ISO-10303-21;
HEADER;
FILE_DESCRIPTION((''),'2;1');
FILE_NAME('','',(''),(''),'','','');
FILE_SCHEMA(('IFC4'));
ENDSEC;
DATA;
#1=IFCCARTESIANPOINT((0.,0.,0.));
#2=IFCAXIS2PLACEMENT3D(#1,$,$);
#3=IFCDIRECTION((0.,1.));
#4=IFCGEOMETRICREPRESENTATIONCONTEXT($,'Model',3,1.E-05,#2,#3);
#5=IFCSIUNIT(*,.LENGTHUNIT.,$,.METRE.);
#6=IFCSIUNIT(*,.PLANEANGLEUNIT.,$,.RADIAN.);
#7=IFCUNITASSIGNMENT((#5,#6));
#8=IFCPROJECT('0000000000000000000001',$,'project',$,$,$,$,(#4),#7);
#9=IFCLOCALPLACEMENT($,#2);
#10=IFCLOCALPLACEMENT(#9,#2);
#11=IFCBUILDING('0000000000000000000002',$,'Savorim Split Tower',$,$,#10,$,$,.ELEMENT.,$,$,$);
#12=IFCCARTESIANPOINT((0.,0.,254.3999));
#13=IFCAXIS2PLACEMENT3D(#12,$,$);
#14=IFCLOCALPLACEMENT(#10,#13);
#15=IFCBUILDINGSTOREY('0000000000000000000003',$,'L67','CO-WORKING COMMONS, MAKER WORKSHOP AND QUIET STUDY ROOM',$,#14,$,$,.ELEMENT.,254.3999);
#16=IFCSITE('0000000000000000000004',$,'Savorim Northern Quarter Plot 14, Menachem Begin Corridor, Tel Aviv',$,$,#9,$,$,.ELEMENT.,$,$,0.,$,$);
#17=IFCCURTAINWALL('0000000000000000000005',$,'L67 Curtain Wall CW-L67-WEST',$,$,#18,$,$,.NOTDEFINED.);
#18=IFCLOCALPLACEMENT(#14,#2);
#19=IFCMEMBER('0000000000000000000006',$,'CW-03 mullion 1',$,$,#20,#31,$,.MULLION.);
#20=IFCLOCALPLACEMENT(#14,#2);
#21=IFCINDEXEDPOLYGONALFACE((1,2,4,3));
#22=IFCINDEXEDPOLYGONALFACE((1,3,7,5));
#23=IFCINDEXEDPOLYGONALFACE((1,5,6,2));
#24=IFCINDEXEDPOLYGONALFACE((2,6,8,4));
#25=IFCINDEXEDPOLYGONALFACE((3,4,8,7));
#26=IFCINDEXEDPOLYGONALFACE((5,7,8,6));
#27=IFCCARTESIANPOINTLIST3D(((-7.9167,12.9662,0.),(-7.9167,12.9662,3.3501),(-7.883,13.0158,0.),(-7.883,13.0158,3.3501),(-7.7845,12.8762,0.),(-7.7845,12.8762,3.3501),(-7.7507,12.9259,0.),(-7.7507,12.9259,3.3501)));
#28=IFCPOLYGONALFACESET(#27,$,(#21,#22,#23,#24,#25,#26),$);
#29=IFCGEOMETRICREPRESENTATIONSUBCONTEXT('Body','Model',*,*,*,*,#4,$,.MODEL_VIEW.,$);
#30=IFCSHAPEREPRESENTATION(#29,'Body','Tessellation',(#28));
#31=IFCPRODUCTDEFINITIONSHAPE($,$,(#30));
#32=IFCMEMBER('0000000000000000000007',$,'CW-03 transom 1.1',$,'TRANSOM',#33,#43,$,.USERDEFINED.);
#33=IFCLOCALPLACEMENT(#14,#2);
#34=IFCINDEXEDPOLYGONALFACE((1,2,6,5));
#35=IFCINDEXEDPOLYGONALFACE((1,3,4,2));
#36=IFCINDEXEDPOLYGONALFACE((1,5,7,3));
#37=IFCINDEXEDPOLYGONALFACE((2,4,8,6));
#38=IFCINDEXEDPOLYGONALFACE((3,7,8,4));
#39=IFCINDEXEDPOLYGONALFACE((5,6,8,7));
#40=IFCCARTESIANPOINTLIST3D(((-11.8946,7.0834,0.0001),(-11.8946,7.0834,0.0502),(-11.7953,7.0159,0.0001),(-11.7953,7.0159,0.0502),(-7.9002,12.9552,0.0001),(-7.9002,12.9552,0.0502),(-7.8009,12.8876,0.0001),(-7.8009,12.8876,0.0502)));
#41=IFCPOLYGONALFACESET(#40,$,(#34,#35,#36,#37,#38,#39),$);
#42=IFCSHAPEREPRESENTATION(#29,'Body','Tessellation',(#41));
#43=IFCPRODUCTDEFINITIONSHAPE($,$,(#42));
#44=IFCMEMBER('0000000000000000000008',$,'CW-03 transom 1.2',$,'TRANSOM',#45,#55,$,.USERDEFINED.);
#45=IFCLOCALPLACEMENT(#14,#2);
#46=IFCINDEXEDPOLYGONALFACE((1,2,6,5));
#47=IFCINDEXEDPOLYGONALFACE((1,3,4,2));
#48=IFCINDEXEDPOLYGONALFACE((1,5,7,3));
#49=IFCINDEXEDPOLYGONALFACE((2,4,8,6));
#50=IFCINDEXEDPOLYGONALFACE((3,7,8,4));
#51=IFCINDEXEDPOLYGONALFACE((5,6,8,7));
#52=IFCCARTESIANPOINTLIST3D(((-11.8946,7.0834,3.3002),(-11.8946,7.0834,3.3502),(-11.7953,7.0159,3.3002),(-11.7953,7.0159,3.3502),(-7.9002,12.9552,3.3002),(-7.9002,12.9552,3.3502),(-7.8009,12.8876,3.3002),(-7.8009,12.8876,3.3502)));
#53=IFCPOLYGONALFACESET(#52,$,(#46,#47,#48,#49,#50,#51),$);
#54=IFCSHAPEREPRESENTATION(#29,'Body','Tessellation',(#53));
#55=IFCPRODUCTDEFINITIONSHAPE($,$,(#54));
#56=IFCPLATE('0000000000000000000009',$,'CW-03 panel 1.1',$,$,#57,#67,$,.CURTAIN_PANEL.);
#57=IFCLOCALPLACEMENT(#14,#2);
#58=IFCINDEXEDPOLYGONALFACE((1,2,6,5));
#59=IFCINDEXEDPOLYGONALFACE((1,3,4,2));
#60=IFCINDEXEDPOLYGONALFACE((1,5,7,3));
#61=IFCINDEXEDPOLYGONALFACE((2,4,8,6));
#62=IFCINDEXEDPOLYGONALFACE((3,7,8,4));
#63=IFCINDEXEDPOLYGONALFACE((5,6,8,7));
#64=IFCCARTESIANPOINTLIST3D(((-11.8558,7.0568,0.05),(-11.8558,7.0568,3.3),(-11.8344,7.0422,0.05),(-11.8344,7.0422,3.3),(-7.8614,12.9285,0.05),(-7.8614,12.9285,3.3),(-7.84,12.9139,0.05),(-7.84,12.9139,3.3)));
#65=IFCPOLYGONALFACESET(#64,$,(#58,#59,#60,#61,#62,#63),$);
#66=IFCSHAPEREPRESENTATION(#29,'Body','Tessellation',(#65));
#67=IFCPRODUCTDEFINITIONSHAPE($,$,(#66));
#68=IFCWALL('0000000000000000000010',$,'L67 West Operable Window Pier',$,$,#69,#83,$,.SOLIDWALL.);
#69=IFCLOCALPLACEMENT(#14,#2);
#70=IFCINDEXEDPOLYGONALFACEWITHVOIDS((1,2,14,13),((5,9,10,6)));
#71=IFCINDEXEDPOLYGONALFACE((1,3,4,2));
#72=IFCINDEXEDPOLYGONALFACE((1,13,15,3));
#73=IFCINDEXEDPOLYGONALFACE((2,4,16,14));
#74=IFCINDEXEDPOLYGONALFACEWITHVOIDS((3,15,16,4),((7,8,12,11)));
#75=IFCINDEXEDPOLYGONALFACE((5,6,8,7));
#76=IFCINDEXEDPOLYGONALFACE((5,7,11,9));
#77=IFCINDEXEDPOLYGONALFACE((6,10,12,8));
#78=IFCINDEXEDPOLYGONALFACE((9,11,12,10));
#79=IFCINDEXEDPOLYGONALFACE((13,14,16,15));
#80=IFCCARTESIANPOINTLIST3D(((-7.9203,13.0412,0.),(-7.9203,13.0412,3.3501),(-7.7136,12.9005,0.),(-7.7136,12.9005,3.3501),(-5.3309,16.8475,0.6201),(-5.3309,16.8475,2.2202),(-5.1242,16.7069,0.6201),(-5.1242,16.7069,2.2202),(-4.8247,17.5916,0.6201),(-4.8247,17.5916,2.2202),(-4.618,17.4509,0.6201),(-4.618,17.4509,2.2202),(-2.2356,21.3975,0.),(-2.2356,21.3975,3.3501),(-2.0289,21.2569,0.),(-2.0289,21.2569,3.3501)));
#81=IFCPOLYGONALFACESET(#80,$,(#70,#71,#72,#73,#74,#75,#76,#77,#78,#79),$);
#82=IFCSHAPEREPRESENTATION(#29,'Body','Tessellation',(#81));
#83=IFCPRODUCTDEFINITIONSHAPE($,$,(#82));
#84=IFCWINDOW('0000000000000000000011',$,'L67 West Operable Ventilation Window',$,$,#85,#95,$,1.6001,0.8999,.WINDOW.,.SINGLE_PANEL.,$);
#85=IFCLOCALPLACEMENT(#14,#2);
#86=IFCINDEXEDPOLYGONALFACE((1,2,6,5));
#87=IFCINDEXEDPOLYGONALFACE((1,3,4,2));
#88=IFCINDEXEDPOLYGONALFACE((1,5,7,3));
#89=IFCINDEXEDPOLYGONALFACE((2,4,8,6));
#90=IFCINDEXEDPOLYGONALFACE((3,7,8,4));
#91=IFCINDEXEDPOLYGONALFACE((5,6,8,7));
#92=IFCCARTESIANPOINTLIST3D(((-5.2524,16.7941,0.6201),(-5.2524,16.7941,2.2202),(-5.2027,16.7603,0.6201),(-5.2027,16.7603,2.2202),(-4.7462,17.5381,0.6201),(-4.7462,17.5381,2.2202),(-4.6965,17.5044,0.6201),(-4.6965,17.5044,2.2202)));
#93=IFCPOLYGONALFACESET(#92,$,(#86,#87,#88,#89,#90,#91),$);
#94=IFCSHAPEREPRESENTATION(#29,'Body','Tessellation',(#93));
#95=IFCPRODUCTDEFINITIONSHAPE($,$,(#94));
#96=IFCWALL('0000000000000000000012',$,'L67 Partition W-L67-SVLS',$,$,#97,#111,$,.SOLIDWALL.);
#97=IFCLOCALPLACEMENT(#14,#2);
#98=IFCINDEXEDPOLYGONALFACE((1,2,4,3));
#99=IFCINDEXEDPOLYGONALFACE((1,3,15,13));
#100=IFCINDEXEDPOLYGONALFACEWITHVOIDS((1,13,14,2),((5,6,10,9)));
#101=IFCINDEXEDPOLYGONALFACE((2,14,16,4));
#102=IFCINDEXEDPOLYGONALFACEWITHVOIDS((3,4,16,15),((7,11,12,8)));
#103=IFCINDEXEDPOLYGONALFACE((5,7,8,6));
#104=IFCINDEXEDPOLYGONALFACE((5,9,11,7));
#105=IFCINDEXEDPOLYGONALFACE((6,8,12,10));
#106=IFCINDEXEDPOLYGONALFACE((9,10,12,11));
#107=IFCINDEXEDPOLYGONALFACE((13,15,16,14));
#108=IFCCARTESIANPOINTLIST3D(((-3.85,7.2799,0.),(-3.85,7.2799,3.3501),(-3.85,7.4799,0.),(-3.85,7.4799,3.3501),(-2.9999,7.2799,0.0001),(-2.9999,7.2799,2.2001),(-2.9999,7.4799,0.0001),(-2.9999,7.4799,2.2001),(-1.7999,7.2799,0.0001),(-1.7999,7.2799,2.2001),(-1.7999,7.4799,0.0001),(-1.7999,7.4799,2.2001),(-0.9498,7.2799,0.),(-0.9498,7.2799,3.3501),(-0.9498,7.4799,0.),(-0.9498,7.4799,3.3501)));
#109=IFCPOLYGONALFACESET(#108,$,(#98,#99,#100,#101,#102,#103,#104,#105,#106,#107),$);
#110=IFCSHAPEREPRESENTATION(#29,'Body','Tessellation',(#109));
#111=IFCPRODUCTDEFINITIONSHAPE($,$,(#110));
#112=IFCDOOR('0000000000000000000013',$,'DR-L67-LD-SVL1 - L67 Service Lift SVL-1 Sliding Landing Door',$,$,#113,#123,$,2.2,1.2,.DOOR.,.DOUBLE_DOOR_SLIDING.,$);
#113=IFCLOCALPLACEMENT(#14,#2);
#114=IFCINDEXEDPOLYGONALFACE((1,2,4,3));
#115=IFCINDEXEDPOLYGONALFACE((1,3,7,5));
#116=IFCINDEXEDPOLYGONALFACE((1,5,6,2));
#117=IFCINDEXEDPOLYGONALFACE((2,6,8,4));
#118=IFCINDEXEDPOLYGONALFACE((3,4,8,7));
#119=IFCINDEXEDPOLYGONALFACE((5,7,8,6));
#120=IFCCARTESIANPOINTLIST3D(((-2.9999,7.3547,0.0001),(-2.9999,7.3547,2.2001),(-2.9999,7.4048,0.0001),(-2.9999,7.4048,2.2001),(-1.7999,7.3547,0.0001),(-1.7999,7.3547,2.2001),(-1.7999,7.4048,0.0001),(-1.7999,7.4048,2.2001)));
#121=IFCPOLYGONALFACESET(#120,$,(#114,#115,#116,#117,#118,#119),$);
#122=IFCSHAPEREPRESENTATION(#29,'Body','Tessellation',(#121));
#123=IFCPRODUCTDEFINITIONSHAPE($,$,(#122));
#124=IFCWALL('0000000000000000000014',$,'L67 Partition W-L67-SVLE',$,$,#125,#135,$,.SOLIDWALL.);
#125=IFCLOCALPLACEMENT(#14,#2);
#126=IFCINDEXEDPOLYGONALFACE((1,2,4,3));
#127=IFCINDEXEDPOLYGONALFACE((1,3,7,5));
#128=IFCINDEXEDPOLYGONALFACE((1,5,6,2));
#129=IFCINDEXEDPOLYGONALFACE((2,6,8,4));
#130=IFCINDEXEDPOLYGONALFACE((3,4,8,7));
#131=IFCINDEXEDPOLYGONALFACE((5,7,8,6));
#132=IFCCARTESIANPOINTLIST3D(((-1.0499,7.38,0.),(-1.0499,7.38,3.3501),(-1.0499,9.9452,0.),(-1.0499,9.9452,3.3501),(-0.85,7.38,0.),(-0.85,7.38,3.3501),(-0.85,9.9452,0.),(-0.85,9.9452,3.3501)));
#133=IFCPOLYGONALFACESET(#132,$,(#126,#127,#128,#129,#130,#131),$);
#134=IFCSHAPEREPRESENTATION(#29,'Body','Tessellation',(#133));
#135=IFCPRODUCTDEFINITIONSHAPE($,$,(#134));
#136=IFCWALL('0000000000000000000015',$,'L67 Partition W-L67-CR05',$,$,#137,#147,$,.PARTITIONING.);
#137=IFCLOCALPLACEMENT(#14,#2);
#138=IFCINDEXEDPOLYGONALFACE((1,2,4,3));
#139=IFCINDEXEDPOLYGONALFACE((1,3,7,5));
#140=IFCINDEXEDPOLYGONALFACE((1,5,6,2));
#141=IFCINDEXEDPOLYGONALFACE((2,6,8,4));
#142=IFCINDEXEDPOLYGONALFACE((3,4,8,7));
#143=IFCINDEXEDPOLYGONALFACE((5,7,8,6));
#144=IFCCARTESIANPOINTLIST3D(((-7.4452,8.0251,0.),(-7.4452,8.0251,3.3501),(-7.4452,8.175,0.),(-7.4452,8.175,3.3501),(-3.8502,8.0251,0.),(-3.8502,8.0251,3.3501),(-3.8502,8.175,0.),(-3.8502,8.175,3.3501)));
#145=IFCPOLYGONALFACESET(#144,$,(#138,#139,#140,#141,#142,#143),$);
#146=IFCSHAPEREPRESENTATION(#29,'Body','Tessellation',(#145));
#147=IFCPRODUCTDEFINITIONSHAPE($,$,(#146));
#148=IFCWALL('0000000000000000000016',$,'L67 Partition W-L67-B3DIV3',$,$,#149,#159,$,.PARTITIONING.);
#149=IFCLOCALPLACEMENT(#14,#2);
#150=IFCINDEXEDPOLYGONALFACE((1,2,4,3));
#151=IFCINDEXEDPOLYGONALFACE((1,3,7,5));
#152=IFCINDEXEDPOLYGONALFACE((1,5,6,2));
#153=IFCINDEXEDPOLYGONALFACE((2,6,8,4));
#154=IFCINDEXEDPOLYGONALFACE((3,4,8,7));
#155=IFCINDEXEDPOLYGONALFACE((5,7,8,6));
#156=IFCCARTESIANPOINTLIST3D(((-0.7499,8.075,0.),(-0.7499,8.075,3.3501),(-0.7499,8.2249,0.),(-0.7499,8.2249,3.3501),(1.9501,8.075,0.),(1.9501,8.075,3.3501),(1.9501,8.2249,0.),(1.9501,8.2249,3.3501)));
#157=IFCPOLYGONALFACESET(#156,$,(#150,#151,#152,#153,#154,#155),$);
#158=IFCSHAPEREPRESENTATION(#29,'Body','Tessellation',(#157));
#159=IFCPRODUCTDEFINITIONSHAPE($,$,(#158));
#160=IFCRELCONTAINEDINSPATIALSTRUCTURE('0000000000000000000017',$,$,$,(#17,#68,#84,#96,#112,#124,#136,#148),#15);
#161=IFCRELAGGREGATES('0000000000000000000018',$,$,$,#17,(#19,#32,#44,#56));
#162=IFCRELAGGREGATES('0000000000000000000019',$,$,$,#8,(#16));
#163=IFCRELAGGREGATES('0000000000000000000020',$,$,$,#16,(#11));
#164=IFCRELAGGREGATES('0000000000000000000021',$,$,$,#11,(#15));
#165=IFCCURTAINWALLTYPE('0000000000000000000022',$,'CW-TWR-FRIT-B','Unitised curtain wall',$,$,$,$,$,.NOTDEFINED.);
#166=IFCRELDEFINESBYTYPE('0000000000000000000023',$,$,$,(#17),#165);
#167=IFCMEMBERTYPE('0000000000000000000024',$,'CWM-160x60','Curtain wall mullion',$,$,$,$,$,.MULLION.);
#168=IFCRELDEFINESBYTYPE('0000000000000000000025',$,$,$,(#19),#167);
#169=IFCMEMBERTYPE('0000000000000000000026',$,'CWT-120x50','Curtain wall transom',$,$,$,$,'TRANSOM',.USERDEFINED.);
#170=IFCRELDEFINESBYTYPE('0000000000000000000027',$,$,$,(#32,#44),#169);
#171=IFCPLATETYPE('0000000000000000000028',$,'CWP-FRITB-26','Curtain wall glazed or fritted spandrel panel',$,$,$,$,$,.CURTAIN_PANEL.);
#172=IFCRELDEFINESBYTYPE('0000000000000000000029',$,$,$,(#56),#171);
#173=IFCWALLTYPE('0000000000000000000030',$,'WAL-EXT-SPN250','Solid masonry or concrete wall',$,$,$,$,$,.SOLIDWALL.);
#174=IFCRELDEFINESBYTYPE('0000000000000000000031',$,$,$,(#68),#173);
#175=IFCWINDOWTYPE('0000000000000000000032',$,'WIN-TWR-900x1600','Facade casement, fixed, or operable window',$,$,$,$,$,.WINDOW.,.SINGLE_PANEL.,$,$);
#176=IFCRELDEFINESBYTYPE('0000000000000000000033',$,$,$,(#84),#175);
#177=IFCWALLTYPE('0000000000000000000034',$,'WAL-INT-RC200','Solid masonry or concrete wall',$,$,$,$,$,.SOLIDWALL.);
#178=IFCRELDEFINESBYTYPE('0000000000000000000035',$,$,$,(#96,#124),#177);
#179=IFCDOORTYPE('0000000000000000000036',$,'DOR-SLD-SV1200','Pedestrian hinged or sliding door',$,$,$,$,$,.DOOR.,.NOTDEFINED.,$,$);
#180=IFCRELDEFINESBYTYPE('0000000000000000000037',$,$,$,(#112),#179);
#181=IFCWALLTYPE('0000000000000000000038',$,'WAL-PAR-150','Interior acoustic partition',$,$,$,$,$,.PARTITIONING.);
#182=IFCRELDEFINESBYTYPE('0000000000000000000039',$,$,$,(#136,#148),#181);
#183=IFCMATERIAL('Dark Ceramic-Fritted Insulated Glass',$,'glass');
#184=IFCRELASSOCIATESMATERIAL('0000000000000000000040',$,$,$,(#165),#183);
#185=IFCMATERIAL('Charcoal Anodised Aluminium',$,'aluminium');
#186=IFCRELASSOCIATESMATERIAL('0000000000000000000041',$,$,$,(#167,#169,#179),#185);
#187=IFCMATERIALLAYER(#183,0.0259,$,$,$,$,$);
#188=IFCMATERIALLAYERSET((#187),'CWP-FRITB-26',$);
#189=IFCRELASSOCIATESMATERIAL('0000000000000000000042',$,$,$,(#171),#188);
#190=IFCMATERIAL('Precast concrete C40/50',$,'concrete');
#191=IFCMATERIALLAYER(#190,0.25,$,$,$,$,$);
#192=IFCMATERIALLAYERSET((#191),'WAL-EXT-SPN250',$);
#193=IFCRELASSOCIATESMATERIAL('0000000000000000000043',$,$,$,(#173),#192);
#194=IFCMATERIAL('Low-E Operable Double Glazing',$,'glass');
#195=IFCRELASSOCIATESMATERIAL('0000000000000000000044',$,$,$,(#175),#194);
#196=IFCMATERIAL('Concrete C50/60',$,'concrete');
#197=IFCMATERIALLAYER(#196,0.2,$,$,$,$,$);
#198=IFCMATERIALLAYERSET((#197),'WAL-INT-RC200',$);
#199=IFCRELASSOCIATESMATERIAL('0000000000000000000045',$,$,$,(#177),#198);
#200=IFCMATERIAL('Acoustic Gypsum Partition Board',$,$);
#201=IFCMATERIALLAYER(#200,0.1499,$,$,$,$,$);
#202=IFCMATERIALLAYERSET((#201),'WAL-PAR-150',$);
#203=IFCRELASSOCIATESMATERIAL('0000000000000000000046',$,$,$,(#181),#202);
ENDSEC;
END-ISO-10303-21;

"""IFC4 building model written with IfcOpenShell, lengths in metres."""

from ifc_helpers import new_model, si_unit, direction, frame, frame_2d, origin, origin_2d, place, context, subcontext, project, spatial, rectangle, extrude, material, layer, layer_set, material_profile, profile_set, type_object, element, fill, aggregate, save


model = new_model("IFC4")

# Units and contexts
model_context = context("Model", 3, precision=1e-05, world=origin(), true_north=direction((0.0, 1.0)))
body_context = subcontext(model_context, "Body", "Model", "MODEL_VIEW")
ifc_project = project(units=[si_unit("LENGTHUNIT", "METRE"), si_unit("PLANEANGLEUNIT", "RADIAN")], contexts=[model_context])

# Site, building, storey
site_placement = place(None, origin())
site = spatial("IfcSite", under=ifc_project, at=site_placement, Name="Savorim Northern Quarter Plot 14, Menachem Begin Corridor, Tel Aviv", CompositionType="ELEMENT", RefElevation=0.0)
building_placement = place(site_placement, origin())
building = spatial("IfcBuilding", under=site, at=building_placement, Name="Savorim Split Tower", CompositionType="ELEMENT")
storey_placement = place(building_placement, frame((0.0, 0.0, 254.3999)))
storey = spatial("IfcBuildingStorey", under=building, at=storey_placement, Name="L67", Description="CO-WORKING COMMONS, MAKER WORKSHOP AND QUIET STUDY ROOM", CompositionType="ELEMENT", Elevation=254.3999)

# Curtain wall, members, plate
ifc_material_1 = material(Name="Dark Ceramic-Fritted Insulated Glass", Category="glass")
curtain_wall_type = type_object("IfcCurtainWallType", Name="CW-TWR-FRIT-B", Description="Unitised curtain wall", PredefinedType="NOTDEFINED", material=ifc_material_1)
curtain_wall_placement = place(storey_placement, origin())
curtain_wall = element("IfcCurtainWall", 1, at=curtain_wall_placement, inside=storey, type_object=curtain_wall_type, Name="L67 Curtain Wall CW-L67-WEST", PredefinedType="NOTDEFINED")
ifc_material_2 = material(Name="Charcoal Anodised Aluminium", Category="aluminium")
ifc_material_profile_1 = material_profile(ifc_material_2, rectangle(XDim=0.1599, YDim=0.0601, at=origin_2d()), Name="ALU-M 160x60")
ifc_profile_set_1 = profile_set([ifc_material_profile_1], Name="Charcoal Anodised Aluminium")
member_type_1 = type_object("IfcMemberType", Name="CWM-160x60", Description="Curtain wall mullion", PredefinedType="MULLION", material=ifc_profile_set_1)
member_1_placement = place(storey_placement, frame((-7.8337, 12.946, 0.0), z_axis=(0.0, 0.0, 1.0), x_axis=(0.826817, -0.56247, 0.0)))
member_1 = element("IfcMember", 2, at=member_1_placement, type_object=member_type_1, Name="CW-03 mullion 1", PredefinedType="MULLION", context=body_context, shape_type="SweptSolid", body=[
    extrude(rectangle(XDim=0.1599, YDim=0.0601, at=origin_2d()), origin(), (0.0, 0.0, 1.0), 3.3501),
])
ifc_material_profile_2 = material_profile(ifc_material_2, rectangle(XDim=0.1201, YDim=0.05, at=origin_2d()), Name="ALU-T 120x50")
ifc_profile_set_2 = profile_set([ifc_material_profile_2], Name="Charcoal Anodised Aluminium")
member_type_2 = type_object("IfcMemberType", Name="CWT-120x50", Description="Curtain wall transom", ElementType="TRANSOM", PredefinedType="USERDEFINED", material=ifc_profile_set_2)
member_2_placement = place(storey_placement, frame((-7.8506, 12.9214, 0.0251), z_axis=(-0.562459, -0.826825, 0.0), x_axis=(0.826825, -0.562459, 0.0)))
member_2 = element("IfcMember", 3, at=member_2_placement, type_object=member_type_2, Name="CW-03 transom 1.1", ObjectType="TRANSOM", PredefinedType="USERDEFINED", context=body_context, shape_type="SweptSolid", body=[
    extrude(rectangle(XDim=0.1201, YDim=0.05, at=origin_2d()), origin(), (0.0, 0.0, 1.0), 7.1016),
])
member_3_placement = place(storey_placement, frame((-7.8506, 12.9214, 3.3252), z_axis=(-0.562459, -0.826825, 0.0), x_axis=(0.826825, -0.562459, 0.0)))
member_3 = element("IfcMember", 4, at=member_3_placement, type_object=member_type_2, Name="CW-03 transom 1.2", ObjectType="TRANSOM", PredefinedType="USERDEFINED", context=body_context, shape_type="SweptSolid", body=[
    extrude(rectangle(XDim=0.1201, YDim=0.05, at=origin_2d()), origin(), (0.0, 0.0, 1.0), 7.1016),
])
ifc_layer_1 = layer(ifc_material_1, 0.0259)
ifc_layer_set_1 = layer_set([ifc_layer_1], Name="CWP-FRITB-26")
plate_type = type_object("IfcPlateType", Name="CWP-FRITB-26", Description="Curtain wall glazed or fritted spandrel panel", PredefinedType="CURTAIN_PANEL", material=ifc_layer_set_1)
plate_placement = place(storey_placement, frame((-9.8479, 9.9854, 0.05), z_axis=(0.0, 0.0, 1.0), x_axis=(-0.56247, -0.826817, 0.0)))
plate = element("IfcPlate", 5, at=plate_placement, type_object=plate_type, Name="CW-03 panel 1.1", PredefinedType="CURTAIN_PANEL", context=body_context, shape_type="SweptSolid", body=[
    extrude(rectangle(XDim=7.1016, YDim=0.0259, at=origin_2d()), origin(), (0.0, 0.0, 1.0), 3.25),
])
aggregate(curtain_wall, [member_1, member_2, member_3, plate])

# Shared definitions
ifc_material_3 = material(Name="Precast concrete C40/50", Category="concrete")

# Wall, opening, window
ifc_layer_2 = layer(ifc_material_3, 0.25)
ifc_layer_set_2 = layer_set([ifc_layer_2], Name="WAL-EXT-SPN250")
wall_type_1 = type_object("IfcWallType", Name="WAL-EXT-SPN250", Description="Solid masonry or concrete wall", PredefinedType="SOLIDWALL", material=ifc_layer_set_2)
wall_1_placement = place(storey_placement, frame((-7.8169, 12.9709, 0.0), z_axis=(0.0, 0.0, 1.0), x_axis=(0.562475, 0.826815, 0.0)))
wall_1 = element("IfcWall", 6, at=wall_1_placement, inside=storey, type_object=wall_type_1, Name="L67 West Operable Window Pier", PredefinedType="SOLIDWALL", context=body_context, shape_type="SweptSolid", body=[
    extrude(rectangle(XDim=10.1067, YDim=0.25, at=frame_2d((5.0532, 0.0))), origin(), (0.0, 0.0, 1.0), 3.3501),
])
opening_1_placement = place(wall_1_placement, frame((4.6035, 0.0, 0.6201)))
opening_1 = element("IfcOpeningElement", 7, at=opening_1_placement, cuts=wall_1, PredefinedType="OPENING", context=body_context, shape_type="SweptSolid", body=[
    extrude(rectangle(XDim=0.8999, YDim=1.6001, at=frame_2d((0.45, 0.8))), frame((0.0, 0.135, 0.0), z_axis=(0.0, -1.0, 0.0), x_axis=(1.0, 0.0, 0.0)), (0.0, 0.0, 1.0), 0.27),
])
ifc_material_4 = material(Name="Low-E Operable Double Glazing", Category="glass")
window_type = type_object("IfcWindowType", Name="WIN-TWR-900x1600", Description="Facade casement, fixed, or operable window", PartitioningType="SINGLE_PANEL", PredefinedType="WINDOW", material=ifc_material_4)
window_placement = place(opening_1_placement, origin())
window = element("IfcWindow", 8, at=window_placement, inside=storey, type_object=window_type, Name="L67 West Operable Ventilation Window", OverallHeight=1.6001, OverallWidth=0.8999, PartitioningType="SINGLE_PANEL", PredefinedType="WINDOW", context=body_context, shape_type="SweptSolid", body=[
    extrude(rectangle(XDim=0.8999, YDim=1.6001, at=frame_2d((0.45, 0.8))), frame((0.0, 0.03, 0.0), z_axis=(0.0, -1.0, 0.0), x_axis=(1.0, 0.0, 0.0)), (0.0, 0.0, 1.0), 0.0601),
])
fill(opening_1, window)

# Wall, opening, door
ifc_material_5 = material(Name="Concrete C50/60", Category="concrete")
ifc_layer_3 = layer(ifc_material_5, 0.2)
ifc_layer_set_3 = layer_set([ifc_layer_3], Name="WAL-INT-RC200")
wall_type_2 = type_object("IfcWallType", Name="WAL-INT-RC200", Description="Solid masonry or concrete wall", PredefinedType="SOLIDWALL", material=ifc_layer_set_3)
wall_2_placement = place(storey_placement, frame((-3.8501, 7.3799, 0.0), z_axis=(0.0, 0.0, 1.0), x_axis=(1.0, 0.0, 0.0)))
wall_2 = element("IfcWall", 9, at=wall_2_placement, inside=storey, type_object=wall_type_2, Name="L67 Partition W-L67-SVLS", PredefinedType="SOLIDWALL", context=body_context, shape_type="SweptSolid", body=[
    extrude(rectangle(XDim=2.9001, YDim=0.2, at=frame_2d((1.4502, 0.0))), origin(), (0.0, 0.0, 1.0), 3.3501),
])
opening_2_placement = place(wall_2_placement, frame((0.8501, 0.0, 0.0)))
opening_2 = element("IfcOpeningElement", 10, at=opening_2_placement, cuts=wall_2, PredefinedType="OPENING", context=body_context, shape_type="SweptSolid", body=[
    extrude(rectangle(XDim=1.2, YDim=2.2, at=frame_2d((0.6001, 1.1001))), frame((0.0, 0.1099, 0.0), z_axis=(0.0, -1.0, 0.0), x_axis=(1.0, 0.0, 0.0)), (0.0, 0.0, 1.0), 0.22),
])
door_type_1 = type_object("IfcDoorType", Name="DOR-SLD-SV1200", Description="Pedestrian hinged or sliding door", OperationType="NOTDEFINED", PredefinedType="DOOR", material=ifc_material_2)
door_1_placement = place(opening_2_placement, origin())
door_1 = element("IfcDoor", 11, at=door_1_placement, inside=storey, type_object=door_type_1, Name="DR-L67-LD-SVL1 - L67 Service Lift SVL-1 Sliding Landing Door", OperationType="DOUBLE_DOOR_SLIDING", OverallHeight=2.2, OverallWidth=1.2, PredefinedType="DOOR", context=body_context, shape_type="SweptSolid", body=[
    extrude(rectangle(XDim=1.2, YDim=2.2, at=frame_2d((0.6001, 1.1001))), frame((0.0, 0.0249, 0.0), z_axis=(0.0, -1.0, 0.0), x_axis=(1.0, 0.0, 0.0)), (0.0, 0.0, 1.0), 0.05),
])
fill(opening_2, door_1)

# Walls
wall_3_placement = place(storey_placement, frame((-0.95, 7.3799, 0.0), z_axis=(0.0, 0.0, 1.0), x_axis=(0.0, 1.0, 0.0)))
element("IfcWall", 12, at=wall_3_placement, inside=storey, type_object=wall_type_2, Name="L67 Partition W-L67-SVLE", PredefinedType="SOLIDWALL", context=body_context, shape_type="SweptSolid", body=[
    extrude(rectangle(XDim=2.5652, YDim=0.2, at=frame_2d((1.2827, 0.0))), origin(), (0.0, 0.0, 1.0), 3.3501),
])
ifc_material_6 = material(Name="Acoustic Gypsum Partition Board")
ifc_layer_4 = layer(ifc_material_6, 0.1499)
ifc_layer_set_4 = layer_set([ifc_layer_4], Name="WAL-PAR-150")
wall_type_3 = type_object("IfcWallType", Name="WAL-PAR-150", Description="Interior acoustic partition", PredefinedType="PARTITIONING", material=ifc_layer_set_4)
wall_4_placement = place(storey_placement, frame((-7.4451, 8.1001, 0.0), z_axis=(0.0, 0.0, 1.0), x_axis=(1.0, 0.0, 0.0)))
element("IfcWall", 13, at=wall_4_placement, inside=storey, type_object=wall_type_3, Name="L67 Partition W-L67-CR05", PredefinedType="PARTITIONING", context=body_context, shape_type="SweptSolid", body=[
    extrude(rectangle(XDim=3.595, YDim=0.1499, at=frame_2d((1.7974, 0.0))), origin(), (0.0, 0.0, 1.0), 3.3501),
])
wall_5_placement = place(storey_placement, frame((-0.75, 8.1499, 0.0), z_axis=(0.0, 0.0, 1.0), x_axis=(1.0, 0.0, 0.0)))
element("IfcWall", 14, at=wall_5_placement, inside=storey, type_object=wall_type_3, Name="L67 Partition W-L67-B3DIV3", PredefinedType="PARTITIONING", context=body_context, shape_type="SweptSolid", body=[
    extrude(rectangle(XDim=2.7, YDim=0.1499, at=frame_2d((1.3501, 0.0))), origin(), (0.0, 0.0, 1.0), 3.3501),
])

save(model, "model.ifc")
